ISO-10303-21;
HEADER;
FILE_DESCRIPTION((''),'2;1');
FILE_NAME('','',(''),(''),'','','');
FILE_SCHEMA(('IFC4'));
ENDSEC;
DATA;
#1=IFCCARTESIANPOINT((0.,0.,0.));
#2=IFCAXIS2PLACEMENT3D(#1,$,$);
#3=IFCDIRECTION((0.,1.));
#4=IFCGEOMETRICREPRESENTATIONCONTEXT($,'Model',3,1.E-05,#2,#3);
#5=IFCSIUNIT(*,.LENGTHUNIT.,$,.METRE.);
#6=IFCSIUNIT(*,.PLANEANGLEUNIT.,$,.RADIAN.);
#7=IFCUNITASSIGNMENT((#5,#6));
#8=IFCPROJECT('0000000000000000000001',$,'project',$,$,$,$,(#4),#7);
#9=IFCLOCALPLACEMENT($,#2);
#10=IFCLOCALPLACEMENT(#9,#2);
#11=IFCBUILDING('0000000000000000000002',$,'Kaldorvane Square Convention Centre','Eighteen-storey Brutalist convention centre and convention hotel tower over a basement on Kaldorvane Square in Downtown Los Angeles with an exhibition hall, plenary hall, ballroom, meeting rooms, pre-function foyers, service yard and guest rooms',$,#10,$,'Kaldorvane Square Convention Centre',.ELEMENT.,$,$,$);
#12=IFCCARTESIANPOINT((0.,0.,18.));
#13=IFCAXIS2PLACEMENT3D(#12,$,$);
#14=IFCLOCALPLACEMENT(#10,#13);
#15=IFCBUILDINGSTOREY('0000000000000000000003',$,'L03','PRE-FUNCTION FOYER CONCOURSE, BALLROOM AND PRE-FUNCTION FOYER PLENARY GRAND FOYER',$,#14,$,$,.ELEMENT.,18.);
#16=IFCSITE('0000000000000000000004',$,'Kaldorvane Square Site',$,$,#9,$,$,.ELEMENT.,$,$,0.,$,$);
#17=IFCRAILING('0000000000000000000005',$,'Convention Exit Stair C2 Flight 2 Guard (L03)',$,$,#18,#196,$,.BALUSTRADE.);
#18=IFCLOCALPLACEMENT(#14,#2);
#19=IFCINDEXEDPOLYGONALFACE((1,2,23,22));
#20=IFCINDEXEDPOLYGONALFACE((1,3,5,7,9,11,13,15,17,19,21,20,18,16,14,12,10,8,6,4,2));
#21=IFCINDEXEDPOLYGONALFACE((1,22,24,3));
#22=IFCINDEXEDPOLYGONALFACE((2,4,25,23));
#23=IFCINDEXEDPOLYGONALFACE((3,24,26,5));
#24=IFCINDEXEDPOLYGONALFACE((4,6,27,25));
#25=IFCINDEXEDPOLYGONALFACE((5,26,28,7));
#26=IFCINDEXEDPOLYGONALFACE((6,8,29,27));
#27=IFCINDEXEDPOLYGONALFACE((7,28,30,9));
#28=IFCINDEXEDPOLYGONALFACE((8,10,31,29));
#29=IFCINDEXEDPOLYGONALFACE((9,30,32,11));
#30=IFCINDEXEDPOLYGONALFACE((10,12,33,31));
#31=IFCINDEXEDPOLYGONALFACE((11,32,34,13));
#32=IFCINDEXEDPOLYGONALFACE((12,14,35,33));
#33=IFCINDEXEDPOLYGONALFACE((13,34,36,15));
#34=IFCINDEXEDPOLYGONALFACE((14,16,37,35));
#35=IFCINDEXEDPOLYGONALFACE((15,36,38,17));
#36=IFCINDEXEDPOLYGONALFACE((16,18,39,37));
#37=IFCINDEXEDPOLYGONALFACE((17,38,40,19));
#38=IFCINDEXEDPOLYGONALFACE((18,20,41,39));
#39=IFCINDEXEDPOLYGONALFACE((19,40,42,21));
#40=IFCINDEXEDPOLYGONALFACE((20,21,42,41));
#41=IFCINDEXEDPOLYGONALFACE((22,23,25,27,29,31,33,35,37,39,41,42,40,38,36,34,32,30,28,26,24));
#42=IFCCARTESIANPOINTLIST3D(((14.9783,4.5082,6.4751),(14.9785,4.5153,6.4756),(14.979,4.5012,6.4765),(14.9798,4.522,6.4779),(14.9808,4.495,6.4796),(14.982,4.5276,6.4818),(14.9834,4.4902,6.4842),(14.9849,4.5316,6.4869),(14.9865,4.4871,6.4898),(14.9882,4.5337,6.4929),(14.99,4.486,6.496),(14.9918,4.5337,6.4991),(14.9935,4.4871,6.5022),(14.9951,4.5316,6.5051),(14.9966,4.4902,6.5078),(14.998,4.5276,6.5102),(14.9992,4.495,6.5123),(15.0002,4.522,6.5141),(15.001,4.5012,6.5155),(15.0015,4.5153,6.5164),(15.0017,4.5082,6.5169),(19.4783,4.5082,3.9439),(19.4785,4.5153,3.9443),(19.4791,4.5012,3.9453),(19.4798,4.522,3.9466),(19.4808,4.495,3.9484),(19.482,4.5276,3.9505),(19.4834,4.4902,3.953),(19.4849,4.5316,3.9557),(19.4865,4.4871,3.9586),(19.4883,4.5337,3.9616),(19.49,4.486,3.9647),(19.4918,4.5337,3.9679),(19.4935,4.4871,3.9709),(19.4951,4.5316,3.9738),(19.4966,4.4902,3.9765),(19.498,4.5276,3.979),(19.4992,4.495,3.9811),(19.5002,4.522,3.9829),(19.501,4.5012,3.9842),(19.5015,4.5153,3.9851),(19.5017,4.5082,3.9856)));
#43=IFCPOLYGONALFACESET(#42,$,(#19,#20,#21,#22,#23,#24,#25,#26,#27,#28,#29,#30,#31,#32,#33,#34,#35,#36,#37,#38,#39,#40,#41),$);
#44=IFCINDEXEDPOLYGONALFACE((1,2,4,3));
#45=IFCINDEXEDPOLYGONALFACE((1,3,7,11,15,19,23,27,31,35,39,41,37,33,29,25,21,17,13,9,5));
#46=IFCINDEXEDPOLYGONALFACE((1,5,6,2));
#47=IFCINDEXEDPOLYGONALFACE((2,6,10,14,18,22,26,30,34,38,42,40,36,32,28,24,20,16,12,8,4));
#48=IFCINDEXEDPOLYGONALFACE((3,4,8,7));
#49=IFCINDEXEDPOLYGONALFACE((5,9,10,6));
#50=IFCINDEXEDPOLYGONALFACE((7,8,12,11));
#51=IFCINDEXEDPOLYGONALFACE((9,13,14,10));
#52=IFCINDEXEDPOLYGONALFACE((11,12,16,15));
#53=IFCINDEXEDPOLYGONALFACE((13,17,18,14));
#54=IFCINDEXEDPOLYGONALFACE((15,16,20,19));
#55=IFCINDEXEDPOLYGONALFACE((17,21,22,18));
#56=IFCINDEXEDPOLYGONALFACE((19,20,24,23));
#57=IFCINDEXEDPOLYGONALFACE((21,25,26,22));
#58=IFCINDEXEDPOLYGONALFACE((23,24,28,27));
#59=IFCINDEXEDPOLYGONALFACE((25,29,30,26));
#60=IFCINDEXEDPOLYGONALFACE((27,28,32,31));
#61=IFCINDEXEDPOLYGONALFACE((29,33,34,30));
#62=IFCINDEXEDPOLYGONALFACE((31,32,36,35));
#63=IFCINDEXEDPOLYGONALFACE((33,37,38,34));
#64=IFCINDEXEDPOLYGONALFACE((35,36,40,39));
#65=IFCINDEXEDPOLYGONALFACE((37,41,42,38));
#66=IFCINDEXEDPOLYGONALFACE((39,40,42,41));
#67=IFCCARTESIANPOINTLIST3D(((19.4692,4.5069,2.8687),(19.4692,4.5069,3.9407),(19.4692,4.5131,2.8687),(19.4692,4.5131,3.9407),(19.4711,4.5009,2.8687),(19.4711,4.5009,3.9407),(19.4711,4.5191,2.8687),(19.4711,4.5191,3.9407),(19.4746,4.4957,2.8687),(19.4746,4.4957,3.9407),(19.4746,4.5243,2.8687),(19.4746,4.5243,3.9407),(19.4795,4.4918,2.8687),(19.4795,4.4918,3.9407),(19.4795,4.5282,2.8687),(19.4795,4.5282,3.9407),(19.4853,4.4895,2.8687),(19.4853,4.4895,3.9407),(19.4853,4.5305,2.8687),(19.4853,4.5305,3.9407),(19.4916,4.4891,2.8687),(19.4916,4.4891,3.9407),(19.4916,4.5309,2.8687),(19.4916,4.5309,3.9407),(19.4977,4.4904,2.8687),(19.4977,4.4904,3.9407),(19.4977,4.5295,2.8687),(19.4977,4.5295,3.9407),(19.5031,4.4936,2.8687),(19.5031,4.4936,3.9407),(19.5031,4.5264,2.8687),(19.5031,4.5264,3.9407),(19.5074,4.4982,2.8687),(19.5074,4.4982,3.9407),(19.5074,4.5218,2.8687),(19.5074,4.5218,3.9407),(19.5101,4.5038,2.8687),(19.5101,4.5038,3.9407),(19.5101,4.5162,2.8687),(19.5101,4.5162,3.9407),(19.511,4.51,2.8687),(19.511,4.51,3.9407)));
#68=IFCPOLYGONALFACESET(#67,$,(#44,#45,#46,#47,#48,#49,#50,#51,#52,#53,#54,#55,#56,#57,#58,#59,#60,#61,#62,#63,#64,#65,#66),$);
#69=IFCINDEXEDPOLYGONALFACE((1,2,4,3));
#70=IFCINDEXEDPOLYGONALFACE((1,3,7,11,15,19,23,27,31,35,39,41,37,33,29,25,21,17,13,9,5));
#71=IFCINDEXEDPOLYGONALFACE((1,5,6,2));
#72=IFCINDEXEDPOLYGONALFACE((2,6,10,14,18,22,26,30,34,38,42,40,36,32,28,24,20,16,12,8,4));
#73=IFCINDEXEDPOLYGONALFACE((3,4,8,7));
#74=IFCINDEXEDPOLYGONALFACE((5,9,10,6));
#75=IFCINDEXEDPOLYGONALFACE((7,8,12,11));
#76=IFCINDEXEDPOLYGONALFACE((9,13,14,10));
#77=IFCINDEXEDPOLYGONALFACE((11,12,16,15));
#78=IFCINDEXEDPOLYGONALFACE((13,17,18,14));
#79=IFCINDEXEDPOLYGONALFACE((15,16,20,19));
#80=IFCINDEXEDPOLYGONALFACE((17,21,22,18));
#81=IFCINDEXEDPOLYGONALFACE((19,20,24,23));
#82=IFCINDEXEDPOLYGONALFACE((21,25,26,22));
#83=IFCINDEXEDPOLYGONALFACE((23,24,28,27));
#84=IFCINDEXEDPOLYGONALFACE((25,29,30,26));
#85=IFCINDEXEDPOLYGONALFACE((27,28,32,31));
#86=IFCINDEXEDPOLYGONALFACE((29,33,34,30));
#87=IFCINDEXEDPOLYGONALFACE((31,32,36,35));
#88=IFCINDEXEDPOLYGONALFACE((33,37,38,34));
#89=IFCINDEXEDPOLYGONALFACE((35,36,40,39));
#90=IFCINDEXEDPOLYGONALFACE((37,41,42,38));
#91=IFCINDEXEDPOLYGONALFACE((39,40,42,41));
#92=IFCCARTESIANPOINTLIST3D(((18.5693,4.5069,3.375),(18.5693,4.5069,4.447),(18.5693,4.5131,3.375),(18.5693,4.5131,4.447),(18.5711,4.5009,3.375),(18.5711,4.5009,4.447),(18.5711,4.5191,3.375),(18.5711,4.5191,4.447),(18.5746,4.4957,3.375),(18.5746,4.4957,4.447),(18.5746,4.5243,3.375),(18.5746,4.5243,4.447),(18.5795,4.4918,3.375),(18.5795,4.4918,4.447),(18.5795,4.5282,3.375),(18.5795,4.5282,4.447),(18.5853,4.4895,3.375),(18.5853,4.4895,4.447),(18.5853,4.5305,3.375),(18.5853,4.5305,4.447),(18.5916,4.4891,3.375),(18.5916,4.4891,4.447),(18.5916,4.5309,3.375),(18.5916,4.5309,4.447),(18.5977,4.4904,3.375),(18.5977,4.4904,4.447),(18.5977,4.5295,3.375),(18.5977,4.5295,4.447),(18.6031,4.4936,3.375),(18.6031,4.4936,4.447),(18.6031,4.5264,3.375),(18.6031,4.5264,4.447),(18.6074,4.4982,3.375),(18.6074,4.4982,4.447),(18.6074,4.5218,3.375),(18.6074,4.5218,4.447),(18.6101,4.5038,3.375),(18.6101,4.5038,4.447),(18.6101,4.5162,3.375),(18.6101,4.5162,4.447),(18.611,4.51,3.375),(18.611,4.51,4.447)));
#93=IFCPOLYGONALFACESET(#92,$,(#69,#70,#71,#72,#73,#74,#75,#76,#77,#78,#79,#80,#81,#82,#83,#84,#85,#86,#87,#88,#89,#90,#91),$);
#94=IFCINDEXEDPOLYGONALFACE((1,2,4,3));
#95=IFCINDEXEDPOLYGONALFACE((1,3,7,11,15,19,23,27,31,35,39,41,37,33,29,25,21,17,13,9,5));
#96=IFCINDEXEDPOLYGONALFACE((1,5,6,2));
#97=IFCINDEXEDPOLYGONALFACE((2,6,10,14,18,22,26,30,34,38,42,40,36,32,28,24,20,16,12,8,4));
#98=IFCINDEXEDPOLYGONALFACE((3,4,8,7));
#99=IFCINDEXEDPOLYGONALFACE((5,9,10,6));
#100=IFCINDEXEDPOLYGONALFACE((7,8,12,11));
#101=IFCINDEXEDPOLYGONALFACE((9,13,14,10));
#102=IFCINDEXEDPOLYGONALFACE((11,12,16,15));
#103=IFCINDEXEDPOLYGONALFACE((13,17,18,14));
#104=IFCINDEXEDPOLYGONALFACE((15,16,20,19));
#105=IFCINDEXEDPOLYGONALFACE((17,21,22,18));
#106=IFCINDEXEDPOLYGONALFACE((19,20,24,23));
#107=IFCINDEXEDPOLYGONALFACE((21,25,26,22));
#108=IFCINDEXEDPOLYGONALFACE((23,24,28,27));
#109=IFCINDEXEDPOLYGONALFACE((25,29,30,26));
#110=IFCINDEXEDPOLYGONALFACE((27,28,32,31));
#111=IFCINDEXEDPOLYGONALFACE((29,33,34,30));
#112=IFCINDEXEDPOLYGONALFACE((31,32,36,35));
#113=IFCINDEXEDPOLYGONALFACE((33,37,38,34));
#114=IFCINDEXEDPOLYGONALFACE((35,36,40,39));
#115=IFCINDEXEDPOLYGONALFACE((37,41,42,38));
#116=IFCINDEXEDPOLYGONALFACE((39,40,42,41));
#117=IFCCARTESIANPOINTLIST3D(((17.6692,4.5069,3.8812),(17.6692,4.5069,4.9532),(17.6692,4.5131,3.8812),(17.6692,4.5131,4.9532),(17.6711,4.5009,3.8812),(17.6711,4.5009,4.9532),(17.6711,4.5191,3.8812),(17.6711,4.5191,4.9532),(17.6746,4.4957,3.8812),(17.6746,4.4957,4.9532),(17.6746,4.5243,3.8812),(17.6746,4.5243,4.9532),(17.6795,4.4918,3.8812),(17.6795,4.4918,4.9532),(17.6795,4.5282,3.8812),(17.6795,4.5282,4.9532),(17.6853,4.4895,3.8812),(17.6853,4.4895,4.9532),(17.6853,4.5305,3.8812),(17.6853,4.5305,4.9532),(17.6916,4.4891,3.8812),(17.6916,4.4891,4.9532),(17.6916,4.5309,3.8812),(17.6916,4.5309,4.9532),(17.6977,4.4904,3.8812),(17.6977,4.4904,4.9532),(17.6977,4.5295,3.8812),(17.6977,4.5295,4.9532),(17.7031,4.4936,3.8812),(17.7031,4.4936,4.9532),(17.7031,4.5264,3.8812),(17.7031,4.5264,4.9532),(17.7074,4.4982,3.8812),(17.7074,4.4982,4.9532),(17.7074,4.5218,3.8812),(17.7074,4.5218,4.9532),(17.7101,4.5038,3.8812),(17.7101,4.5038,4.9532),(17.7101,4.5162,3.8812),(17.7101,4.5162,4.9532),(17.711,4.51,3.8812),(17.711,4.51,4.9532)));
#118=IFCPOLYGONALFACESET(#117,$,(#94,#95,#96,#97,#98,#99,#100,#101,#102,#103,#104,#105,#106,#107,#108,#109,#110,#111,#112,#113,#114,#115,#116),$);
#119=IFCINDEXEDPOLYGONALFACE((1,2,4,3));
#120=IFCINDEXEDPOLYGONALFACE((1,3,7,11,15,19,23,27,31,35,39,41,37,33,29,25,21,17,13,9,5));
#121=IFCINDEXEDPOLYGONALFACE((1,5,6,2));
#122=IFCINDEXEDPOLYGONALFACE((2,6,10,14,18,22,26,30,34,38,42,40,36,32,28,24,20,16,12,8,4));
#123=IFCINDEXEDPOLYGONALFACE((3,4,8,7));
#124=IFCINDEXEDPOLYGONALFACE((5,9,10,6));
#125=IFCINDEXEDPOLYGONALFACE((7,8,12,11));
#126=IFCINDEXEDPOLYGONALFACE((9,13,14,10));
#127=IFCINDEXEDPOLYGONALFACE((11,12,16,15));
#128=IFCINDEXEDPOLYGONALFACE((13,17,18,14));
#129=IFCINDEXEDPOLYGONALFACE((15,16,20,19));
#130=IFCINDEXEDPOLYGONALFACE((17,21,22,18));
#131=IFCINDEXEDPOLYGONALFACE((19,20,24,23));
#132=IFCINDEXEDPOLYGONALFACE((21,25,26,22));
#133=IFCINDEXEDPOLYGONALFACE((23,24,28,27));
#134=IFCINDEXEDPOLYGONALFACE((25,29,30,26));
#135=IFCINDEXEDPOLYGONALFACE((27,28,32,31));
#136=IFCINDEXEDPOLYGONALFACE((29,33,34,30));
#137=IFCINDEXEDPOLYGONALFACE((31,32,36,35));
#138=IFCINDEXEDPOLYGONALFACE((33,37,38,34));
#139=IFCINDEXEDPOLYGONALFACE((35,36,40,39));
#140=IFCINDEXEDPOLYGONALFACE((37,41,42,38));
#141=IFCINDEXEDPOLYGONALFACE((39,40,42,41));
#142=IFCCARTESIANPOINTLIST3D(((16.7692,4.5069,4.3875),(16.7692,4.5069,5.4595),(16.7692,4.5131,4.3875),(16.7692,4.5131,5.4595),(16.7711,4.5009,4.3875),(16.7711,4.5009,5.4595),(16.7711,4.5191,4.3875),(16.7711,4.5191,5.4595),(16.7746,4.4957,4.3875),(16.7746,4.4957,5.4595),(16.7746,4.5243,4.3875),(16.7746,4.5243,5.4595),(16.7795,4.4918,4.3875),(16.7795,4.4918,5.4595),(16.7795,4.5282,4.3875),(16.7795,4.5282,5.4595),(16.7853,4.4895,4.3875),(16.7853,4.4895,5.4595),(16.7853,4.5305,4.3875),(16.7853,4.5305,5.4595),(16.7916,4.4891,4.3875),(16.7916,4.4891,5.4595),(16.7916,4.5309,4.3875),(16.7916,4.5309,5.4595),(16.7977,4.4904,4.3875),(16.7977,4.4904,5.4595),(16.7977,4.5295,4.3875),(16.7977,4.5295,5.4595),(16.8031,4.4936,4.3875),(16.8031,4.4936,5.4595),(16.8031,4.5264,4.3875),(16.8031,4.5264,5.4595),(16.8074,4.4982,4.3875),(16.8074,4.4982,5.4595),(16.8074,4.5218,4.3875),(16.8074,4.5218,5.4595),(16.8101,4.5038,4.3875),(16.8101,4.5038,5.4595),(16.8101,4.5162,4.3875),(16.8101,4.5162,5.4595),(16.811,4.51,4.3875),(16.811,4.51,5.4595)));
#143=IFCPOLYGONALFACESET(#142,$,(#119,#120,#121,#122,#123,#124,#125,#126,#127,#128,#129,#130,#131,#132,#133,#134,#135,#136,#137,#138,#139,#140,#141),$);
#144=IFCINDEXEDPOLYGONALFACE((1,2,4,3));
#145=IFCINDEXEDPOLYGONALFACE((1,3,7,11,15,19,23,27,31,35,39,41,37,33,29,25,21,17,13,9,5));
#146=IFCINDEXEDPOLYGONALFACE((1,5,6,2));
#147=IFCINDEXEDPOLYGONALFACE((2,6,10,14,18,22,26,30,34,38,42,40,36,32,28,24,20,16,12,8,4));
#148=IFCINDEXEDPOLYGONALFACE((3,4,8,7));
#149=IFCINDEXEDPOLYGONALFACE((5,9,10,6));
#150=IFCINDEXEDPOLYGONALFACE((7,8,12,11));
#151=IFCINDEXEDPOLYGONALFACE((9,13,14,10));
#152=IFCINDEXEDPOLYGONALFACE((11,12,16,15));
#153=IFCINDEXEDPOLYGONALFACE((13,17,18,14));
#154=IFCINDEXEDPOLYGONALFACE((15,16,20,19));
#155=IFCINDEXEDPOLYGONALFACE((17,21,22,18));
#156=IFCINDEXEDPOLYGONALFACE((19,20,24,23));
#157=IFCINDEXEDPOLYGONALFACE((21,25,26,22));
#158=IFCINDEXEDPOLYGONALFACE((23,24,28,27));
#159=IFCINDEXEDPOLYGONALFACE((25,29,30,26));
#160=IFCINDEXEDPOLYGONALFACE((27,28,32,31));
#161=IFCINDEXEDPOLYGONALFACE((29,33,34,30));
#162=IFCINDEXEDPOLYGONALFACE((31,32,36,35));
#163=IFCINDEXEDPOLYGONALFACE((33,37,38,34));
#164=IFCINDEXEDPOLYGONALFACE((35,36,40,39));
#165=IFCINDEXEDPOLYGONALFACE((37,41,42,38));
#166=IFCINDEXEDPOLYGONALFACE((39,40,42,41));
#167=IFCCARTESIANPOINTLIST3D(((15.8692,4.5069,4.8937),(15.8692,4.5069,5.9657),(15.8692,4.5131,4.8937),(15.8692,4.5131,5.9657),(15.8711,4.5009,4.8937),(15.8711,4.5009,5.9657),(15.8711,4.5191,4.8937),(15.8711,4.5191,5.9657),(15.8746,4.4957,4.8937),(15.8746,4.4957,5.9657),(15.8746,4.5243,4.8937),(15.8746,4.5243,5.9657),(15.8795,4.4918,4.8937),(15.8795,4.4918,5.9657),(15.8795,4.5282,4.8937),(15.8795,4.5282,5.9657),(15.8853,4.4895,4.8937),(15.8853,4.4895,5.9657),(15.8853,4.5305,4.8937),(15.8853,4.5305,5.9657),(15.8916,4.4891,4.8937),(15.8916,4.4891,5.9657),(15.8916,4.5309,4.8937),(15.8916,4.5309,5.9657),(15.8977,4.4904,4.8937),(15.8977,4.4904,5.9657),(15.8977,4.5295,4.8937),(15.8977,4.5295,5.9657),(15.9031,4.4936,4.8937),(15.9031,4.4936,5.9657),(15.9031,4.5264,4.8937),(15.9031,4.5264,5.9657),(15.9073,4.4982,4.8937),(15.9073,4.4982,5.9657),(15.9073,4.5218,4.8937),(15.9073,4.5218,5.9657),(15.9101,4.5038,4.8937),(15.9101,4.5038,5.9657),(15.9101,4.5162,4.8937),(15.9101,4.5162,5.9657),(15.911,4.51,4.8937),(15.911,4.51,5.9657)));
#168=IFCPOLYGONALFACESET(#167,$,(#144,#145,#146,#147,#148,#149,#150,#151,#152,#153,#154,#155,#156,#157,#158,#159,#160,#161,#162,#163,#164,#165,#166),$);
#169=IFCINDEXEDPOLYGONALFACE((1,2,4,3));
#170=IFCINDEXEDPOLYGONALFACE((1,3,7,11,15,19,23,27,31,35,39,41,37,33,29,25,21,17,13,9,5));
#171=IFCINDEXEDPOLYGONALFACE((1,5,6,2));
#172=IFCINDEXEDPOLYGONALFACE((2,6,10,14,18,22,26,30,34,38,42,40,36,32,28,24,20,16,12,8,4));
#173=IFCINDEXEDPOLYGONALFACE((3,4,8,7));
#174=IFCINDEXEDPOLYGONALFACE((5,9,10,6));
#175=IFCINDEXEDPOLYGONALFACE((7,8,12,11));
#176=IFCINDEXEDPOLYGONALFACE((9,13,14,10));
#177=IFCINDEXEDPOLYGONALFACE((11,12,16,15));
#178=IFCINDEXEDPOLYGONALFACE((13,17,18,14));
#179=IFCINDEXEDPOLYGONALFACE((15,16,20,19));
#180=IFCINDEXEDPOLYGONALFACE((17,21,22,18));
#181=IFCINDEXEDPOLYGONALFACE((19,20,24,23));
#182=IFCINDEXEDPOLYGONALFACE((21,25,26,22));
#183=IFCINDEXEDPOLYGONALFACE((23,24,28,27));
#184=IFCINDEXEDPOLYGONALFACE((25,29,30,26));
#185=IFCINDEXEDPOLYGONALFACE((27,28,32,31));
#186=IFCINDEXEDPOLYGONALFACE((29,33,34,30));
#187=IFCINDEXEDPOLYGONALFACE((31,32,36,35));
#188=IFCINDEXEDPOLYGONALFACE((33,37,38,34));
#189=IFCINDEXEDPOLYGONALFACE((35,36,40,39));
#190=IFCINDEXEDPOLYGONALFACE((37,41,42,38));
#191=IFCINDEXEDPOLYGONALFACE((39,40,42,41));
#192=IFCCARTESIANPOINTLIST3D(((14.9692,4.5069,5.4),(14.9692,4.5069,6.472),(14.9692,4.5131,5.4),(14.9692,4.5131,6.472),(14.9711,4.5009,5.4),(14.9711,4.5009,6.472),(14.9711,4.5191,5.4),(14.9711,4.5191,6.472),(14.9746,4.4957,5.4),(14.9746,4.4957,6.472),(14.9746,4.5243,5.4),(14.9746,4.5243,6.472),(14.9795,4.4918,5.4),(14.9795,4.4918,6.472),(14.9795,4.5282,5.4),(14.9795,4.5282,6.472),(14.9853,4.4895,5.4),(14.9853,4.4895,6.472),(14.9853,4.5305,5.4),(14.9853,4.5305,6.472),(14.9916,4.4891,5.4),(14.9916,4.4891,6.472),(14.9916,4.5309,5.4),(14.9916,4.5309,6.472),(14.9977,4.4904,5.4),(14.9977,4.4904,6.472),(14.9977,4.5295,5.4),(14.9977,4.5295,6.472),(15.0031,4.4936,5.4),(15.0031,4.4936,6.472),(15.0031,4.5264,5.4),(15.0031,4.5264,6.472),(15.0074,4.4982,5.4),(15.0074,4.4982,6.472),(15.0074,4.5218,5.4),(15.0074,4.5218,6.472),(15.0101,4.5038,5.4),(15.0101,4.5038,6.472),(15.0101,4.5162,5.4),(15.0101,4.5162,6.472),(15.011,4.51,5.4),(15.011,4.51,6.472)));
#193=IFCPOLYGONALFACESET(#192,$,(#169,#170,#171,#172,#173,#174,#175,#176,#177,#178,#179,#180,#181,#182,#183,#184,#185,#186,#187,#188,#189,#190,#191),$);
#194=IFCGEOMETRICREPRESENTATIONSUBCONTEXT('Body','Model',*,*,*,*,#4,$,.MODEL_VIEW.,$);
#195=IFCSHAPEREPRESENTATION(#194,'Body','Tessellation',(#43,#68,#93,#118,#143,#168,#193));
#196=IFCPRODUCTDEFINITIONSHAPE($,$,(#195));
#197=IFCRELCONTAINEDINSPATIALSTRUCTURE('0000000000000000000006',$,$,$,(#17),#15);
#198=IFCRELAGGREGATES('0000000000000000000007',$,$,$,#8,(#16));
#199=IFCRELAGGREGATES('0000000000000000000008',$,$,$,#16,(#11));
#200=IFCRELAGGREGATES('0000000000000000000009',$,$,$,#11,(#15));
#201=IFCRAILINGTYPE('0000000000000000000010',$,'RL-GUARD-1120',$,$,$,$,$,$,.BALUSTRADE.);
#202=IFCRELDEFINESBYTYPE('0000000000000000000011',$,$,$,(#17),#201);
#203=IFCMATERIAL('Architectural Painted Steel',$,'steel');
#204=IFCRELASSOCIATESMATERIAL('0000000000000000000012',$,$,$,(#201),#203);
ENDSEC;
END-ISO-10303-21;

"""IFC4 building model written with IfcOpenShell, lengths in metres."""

from ifc_helpers import new_model, si_unit, direction, frame, origin, origin_2d, place, context, subcontext, project, spatial, circle, extrude, material, type_object, element, save


model = new_model("IFC4")

# Units and contexts
model_context = context("Model", 3, precision=1e-05, world=origin(), true_north=direction((0.0, 1.0)))
body_context = subcontext(model_context, "Body", "Model", "MODEL_VIEW")
ifc_project = project(units=[si_unit("LENGTHUNIT", "METRE"), si_unit("PLANEANGLEUNIT", "RADIAN")], contexts=[model_context])

# Site, building, storey
site_placement = place(None, origin())
site = spatial("IfcSite", under=ifc_project, at=site_placement, Name="Kaldorvane Square Site", CompositionType="ELEMENT", RefElevation=0.0)
building_placement = place(site_placement, origin())
building = spatial("IfcBuilding", under=site, at=building_placement, Name="Kaldorvane Square Convention Centre", Description="Eighteen-storey Brutalist convention centre and convention hotel tower over a basement on Kaldorvane Square in Downtown Los Angeles with an exhibition hall, plenary hall, ballroom, meeting rooms, pre-function foyers, service yard and guest rooms", LongName="Kaldorvane Square Convention Centre", CompositionType="ELEMENT")
storey_placement = place(building_placement, frame((0.0, 0.0, 18.0)))
storey = spatial("IfcBuildingStorey", under=building, at=storey_placement, Name="L03", Description="PRE-FUNCTION FOYER CONCOURSE, BALLROOM AND PRE-FUNCTION FOYER PLENARY GRAND FOYER", CompositionType="ELEMENT", Elevation=18.0)

# Railing
ifc_material_1 = material(Name="Architectural Painted Steel", Category="steel")
railing_type_1 = type_object("IfcRailingType", Name="RL-GUARD-1120", PredefinedType="BALUSTRADE", material=ifc_material_1)
railing_1_placement = place(storey_placement, frame((19.49, 4.51, 2.8687)))
element("IfcRailing", 1, at=railing_1_placement, inside=storey, type_object=railing_type_1, Name="Convention Exit Stair C2 Flight 2 Guard (L03)", PredefinedType="BALUSTRADE", context=body_context, shape_type="SweptSolid", body=[
    extrude(circle(Radius=0.024, at=origin_2d()), frame((0.0, 0.0, 1.096), z_axis=(-0.871576, 0.0, 0.490261), x_axis=(0.0, -1.0, 0.0)), (0.0, 0.0, 1.0), 5.1631),
    extrude(circle(Radius=0.021, at=origin_2d()), origin(), (0.0, 0.0, 1.0), 1.072),
    extrude(circle(Radius=0.021, at=origin_2d()), frame((-0.9, 0.0, 0.5063)), (0.0, 0.0, 1.0), 1.072),
    extrude(circle(Radius=0.021, at=origin_2d()), frame((-1.8, 0.0, 1.0125)), (0.0, 0.0, 1.0), 1.072),
    extrude(circle(Radius=0.021, at=origin_2d()), frame((-2.7, 0.0, 1.5188)), (0.0, 0.0, 1.0), 1.072),
    extrude(circle(Radius=0.021, at=origin_2d()), frame((-3.6, 0.0, 2.025)), (0.0, 0.0, 1.0), 1.072),
    extrude(circle(Radius=0.021, at=origin_2d()), frame((-4.5, 0.0, 2.5312)), (0.0, 0.0, 1.0), 1.072),
])

save(model, "model.ifc")
